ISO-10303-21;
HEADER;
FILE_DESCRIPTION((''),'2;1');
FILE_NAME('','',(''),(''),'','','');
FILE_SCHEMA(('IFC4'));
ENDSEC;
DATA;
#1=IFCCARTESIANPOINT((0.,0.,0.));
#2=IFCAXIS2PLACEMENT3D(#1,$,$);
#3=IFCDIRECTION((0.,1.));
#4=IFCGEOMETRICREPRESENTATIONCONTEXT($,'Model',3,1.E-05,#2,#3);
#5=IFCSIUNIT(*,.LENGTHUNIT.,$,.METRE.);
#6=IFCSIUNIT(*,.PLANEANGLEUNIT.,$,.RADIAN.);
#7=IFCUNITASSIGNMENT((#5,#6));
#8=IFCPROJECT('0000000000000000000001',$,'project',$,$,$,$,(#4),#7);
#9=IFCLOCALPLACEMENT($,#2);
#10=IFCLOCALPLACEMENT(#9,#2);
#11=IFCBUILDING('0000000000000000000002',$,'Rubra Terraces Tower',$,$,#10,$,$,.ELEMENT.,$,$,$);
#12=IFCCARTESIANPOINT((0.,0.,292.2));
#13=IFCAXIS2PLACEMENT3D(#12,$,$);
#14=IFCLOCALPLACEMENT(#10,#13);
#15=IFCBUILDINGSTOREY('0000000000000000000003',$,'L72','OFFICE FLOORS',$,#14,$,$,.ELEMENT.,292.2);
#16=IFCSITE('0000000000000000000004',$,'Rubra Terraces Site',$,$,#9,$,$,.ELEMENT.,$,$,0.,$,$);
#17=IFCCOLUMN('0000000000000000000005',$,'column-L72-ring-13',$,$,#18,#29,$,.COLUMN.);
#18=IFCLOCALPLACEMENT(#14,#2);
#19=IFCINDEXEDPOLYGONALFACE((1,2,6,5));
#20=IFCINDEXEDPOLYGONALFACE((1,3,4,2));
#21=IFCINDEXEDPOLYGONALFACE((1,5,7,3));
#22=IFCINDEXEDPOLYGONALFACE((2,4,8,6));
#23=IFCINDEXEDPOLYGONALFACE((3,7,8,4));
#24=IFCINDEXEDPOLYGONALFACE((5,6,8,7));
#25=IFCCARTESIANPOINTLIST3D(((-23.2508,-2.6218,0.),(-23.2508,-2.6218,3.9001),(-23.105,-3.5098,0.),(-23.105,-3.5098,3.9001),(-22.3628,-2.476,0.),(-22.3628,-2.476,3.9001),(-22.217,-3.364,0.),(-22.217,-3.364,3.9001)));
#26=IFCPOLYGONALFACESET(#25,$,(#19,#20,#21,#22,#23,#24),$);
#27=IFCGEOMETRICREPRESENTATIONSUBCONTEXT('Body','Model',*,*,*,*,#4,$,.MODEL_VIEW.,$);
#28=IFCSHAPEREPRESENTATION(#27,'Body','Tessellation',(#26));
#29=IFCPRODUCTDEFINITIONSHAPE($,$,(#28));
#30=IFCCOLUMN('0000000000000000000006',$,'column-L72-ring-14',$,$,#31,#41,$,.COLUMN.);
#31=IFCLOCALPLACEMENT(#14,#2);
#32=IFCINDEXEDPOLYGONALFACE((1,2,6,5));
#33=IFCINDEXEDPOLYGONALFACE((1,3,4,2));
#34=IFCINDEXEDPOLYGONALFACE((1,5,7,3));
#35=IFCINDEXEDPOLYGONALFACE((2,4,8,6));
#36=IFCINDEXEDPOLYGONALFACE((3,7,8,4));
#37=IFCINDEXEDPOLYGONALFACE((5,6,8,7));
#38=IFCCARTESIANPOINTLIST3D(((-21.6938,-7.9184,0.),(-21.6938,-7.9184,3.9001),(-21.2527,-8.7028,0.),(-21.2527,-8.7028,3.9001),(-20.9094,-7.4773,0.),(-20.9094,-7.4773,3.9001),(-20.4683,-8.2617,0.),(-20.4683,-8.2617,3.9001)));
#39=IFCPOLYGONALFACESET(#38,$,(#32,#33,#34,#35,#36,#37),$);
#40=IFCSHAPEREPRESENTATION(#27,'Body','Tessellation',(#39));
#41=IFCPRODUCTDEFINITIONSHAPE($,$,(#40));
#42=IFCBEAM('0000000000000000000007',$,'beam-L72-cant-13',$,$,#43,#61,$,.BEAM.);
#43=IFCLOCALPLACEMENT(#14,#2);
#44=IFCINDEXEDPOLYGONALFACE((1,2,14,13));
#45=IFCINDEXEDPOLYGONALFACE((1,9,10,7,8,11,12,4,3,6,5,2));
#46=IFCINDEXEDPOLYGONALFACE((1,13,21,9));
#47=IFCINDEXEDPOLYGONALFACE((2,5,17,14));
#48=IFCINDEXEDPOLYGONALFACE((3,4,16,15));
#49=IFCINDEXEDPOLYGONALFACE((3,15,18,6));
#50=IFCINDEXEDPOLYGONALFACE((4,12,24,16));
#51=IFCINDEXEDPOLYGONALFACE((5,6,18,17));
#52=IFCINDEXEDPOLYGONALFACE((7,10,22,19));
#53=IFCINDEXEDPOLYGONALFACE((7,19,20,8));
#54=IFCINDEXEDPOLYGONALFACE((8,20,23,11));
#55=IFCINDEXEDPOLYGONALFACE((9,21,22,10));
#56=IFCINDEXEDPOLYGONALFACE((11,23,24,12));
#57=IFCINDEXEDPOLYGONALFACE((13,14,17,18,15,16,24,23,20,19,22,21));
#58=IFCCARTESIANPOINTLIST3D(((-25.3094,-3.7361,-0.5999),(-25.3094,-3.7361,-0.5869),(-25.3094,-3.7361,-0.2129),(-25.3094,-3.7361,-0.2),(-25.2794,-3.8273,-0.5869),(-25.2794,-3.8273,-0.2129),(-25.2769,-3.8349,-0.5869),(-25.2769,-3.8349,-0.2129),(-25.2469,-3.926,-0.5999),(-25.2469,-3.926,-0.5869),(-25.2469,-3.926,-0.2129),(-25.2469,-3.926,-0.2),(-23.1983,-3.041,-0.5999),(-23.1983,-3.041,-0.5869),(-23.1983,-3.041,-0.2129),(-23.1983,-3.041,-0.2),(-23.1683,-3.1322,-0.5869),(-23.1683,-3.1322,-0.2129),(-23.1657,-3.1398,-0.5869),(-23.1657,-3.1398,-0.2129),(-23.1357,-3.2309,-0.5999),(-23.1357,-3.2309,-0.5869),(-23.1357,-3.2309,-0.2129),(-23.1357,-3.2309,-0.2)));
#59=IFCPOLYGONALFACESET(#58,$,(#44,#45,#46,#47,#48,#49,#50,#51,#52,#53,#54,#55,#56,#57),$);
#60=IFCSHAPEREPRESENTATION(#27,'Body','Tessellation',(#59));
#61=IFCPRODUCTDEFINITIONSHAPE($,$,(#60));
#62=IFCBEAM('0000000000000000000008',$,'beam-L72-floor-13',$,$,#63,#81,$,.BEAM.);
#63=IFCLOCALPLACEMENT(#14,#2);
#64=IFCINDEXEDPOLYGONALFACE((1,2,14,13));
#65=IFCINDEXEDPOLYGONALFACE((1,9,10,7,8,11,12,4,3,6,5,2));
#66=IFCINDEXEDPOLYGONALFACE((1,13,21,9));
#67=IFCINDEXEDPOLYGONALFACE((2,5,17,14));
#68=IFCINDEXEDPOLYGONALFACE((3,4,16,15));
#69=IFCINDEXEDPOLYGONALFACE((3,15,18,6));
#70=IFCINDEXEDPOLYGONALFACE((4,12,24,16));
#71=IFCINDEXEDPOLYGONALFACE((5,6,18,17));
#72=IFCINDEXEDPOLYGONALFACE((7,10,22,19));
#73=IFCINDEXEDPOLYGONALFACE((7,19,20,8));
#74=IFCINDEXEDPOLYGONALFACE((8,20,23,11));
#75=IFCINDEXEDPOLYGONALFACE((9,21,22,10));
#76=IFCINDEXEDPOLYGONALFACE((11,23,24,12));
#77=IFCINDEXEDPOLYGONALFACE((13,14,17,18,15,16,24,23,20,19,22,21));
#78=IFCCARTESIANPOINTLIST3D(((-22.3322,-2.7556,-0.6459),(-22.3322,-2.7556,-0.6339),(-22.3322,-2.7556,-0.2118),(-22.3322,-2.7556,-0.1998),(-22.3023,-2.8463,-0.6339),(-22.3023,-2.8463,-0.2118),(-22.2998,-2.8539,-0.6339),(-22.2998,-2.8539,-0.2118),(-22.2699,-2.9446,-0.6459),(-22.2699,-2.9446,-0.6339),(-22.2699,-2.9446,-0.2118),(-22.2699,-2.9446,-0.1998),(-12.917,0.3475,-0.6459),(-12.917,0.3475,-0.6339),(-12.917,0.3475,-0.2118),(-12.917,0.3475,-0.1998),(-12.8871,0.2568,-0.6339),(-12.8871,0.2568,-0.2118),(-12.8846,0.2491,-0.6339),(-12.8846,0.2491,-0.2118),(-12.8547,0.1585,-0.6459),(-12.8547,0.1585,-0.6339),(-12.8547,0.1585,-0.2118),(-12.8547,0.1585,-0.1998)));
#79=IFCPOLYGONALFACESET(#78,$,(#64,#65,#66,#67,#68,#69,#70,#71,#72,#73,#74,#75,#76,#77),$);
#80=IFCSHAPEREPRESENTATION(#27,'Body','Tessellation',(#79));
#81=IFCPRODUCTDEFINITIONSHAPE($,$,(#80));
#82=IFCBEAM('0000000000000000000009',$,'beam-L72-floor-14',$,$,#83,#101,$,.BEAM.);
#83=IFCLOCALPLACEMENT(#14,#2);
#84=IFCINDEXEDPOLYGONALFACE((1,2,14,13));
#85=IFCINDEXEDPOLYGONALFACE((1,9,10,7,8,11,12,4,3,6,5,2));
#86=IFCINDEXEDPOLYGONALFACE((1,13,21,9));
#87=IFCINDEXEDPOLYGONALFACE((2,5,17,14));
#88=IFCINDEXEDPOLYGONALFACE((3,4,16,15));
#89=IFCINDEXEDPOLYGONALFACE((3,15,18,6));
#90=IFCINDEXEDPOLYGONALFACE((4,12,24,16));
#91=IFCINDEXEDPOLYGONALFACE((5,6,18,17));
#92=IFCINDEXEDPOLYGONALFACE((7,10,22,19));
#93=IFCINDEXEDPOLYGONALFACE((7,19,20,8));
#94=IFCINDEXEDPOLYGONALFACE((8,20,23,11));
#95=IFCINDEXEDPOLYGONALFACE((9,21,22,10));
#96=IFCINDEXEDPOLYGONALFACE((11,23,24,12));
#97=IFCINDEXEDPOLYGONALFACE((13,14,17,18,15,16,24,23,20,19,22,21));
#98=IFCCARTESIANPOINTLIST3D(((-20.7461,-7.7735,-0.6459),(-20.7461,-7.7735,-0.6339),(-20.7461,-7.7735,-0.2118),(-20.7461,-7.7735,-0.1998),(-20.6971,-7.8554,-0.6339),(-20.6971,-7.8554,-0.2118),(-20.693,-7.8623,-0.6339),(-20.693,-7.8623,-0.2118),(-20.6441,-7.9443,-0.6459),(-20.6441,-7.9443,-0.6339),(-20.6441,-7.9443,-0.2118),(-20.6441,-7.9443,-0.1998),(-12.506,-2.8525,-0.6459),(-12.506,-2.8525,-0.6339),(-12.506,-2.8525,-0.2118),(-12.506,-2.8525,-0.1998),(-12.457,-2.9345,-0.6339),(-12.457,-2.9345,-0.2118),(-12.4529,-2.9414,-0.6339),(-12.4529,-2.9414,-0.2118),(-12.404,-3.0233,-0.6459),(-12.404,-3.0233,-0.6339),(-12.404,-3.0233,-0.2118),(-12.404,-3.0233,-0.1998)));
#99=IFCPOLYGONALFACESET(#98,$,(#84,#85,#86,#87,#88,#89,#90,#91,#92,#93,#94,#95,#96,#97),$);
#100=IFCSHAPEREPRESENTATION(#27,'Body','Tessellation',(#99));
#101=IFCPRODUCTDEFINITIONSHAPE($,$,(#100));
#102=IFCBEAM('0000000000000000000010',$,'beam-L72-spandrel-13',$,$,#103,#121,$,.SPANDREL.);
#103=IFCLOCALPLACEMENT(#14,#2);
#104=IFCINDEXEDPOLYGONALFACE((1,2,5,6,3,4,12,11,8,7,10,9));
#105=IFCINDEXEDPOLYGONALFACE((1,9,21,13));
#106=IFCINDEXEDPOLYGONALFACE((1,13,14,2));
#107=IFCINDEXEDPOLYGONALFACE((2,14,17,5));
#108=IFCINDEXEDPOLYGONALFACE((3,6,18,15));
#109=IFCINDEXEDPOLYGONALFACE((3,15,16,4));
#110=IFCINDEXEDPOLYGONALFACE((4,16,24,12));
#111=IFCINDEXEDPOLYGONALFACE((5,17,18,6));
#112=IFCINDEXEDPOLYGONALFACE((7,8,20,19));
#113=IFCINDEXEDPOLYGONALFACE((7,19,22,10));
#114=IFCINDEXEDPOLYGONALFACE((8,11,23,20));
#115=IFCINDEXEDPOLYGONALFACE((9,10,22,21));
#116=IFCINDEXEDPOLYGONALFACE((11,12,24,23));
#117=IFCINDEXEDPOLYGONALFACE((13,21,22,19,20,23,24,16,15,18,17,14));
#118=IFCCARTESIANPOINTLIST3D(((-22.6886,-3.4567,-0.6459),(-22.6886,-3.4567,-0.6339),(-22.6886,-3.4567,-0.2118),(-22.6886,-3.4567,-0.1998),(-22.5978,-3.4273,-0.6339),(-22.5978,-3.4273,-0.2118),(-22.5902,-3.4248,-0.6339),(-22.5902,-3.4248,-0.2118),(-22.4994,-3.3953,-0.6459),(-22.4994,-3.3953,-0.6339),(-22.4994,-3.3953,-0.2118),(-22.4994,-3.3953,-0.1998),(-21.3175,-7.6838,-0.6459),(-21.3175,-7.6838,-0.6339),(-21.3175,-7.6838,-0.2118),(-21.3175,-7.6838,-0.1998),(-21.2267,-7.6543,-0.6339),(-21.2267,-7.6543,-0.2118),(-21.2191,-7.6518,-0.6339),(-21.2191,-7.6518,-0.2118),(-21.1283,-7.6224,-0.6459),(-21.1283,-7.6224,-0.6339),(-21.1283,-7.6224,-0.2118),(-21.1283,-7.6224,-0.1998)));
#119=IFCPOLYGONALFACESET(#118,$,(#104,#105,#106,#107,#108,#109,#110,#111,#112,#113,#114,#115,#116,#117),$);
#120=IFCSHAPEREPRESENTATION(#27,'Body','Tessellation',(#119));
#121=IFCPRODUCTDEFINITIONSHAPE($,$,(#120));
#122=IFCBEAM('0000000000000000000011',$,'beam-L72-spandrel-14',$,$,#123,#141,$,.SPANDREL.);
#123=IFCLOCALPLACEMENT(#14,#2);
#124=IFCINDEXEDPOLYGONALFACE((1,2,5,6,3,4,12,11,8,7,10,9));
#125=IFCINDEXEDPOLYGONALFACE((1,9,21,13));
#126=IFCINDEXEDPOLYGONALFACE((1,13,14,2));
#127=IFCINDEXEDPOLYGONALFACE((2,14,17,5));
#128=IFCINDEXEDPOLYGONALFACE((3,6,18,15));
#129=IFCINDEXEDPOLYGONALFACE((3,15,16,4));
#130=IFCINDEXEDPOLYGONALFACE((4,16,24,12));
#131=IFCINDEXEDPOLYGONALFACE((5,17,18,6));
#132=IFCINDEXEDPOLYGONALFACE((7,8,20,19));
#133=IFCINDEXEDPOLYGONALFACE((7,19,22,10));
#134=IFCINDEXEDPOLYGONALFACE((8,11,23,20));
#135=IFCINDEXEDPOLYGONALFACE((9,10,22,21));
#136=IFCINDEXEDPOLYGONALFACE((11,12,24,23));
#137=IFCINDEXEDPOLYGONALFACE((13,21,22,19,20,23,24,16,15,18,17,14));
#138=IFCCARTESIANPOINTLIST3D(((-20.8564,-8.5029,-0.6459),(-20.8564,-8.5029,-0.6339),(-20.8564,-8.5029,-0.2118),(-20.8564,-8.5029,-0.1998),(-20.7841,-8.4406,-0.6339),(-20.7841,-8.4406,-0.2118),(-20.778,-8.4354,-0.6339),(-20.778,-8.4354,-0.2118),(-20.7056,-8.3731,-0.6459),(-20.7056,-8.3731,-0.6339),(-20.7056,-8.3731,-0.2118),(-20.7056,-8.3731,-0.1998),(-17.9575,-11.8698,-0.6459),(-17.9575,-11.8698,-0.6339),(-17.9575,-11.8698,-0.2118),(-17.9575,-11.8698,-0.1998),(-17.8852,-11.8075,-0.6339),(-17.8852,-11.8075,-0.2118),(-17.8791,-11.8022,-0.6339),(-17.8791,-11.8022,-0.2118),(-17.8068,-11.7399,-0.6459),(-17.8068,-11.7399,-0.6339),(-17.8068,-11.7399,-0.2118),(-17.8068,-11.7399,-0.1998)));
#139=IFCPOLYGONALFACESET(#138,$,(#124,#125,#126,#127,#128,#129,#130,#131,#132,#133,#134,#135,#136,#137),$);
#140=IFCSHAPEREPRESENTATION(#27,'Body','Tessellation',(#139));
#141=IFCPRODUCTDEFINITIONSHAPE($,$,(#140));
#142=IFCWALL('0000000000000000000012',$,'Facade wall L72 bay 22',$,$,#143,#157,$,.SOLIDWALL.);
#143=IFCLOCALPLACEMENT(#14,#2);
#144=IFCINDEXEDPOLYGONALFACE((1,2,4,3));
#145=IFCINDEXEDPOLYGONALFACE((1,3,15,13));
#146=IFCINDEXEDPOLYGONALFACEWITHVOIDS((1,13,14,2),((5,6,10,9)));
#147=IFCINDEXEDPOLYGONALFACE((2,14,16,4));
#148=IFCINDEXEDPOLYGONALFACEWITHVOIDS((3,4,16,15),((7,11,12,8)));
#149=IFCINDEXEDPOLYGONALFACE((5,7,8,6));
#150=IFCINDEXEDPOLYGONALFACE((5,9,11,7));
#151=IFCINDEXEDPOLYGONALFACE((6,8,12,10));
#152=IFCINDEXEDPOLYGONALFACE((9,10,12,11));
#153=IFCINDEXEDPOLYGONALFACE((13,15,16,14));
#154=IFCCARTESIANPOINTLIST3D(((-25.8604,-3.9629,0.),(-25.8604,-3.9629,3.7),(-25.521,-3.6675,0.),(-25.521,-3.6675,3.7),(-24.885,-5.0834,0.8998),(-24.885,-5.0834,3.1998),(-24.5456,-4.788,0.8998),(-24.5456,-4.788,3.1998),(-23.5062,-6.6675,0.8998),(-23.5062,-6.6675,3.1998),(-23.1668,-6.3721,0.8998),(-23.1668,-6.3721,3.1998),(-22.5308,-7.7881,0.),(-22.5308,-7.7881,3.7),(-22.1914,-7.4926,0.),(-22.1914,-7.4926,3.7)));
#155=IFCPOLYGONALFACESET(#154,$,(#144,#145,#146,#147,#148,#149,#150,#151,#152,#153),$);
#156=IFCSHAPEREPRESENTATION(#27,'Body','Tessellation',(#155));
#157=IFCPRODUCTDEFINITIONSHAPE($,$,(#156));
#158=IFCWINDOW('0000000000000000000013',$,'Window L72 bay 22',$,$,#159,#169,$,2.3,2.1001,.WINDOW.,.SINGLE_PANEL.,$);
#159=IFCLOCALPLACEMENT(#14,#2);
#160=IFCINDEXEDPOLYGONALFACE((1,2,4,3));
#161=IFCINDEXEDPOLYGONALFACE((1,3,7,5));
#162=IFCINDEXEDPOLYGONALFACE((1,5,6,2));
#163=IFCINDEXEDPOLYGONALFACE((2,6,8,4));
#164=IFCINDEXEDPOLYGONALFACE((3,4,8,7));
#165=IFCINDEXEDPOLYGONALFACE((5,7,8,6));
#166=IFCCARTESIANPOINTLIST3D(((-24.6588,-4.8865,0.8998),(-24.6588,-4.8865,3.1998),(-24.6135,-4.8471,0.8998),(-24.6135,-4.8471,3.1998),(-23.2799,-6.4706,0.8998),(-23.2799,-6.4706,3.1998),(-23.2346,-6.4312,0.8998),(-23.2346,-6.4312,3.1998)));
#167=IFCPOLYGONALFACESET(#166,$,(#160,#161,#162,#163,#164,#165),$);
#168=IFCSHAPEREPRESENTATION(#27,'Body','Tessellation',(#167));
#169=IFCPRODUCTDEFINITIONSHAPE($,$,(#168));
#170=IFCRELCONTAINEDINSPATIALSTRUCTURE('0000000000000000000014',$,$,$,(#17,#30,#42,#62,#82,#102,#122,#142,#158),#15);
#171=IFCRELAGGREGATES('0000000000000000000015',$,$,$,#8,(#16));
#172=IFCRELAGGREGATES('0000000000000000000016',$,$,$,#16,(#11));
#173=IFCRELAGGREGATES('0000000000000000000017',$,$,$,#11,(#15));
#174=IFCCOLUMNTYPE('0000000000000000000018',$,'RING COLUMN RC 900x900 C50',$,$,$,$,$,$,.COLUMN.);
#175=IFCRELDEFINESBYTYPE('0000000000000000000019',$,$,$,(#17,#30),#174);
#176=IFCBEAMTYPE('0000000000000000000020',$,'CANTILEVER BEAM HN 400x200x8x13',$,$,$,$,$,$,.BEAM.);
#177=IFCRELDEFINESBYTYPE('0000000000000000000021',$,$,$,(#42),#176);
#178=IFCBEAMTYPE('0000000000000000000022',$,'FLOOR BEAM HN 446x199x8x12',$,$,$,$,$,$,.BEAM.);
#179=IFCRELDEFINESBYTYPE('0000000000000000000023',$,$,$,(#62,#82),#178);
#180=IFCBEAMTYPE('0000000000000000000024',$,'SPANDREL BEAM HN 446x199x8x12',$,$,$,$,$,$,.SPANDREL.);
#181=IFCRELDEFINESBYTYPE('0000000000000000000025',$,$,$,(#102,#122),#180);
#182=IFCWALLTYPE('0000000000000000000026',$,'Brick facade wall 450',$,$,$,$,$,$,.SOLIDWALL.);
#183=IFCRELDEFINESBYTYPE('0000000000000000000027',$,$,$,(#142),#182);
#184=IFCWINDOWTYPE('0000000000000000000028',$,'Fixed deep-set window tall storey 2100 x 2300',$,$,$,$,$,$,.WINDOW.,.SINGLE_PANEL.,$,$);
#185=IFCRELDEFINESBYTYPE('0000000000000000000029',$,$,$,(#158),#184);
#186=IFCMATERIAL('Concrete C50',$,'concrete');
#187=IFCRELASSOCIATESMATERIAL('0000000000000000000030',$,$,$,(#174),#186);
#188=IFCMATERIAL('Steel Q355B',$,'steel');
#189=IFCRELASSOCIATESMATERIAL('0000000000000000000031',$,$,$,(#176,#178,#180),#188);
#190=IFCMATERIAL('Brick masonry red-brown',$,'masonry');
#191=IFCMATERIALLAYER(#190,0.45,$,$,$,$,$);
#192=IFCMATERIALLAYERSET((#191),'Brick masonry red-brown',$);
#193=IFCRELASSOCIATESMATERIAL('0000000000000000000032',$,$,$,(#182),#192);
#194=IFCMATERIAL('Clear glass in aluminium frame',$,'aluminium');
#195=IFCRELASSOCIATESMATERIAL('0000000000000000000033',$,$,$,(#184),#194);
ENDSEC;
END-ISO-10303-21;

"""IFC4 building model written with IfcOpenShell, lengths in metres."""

from ifc_helpers import new_model, si_unit, direction, frame, frame_2d, origin, origin_2d, place, context, subcontext, project, spatial, rectangle, i_section, extrude, material, layer, layer_set, material_profile, profile_set, type_object, element, fill, save


model = new_model("IFC4")

# Units and contexts
model_context = context("Model", 3, precision=1e-05, world=origin(), true_north=direction((0.0, 1.0)))
body_context = subcontext(model_context, "Body", "Model", "MODEL_VIEW")
ifc_project = project(units=[si_unit("LENGTHUNIT", "METRE"), si_unit("PLANEANGLEUNIT", "RADIAN")], contexts=[model_context])

# Site, building, storey
site_placement = place(None, origin())
site = spatial("IfcSite", under=ifc_project, at=site_placement, Name="Rubra Terraces Site", CompositionType="ELEMENT", RefElevation=0.0)
building_placement = place(site_placement, origin())
building = spatial("IfcBuilding", under=site, at=building_placement, Name="Rubra Terraces Tower", CompositionType="ELEMENT")
storey_placement = place(building_placement, frame((0.0, 0.0, 292.2)))
storey = spatial("IfcBuildingStorey", under=building, at=storey_placement, Name="L72", Description="OFFICE FLOORS", CompositionType="ELEMENT", Elevation=292.2)

# Columns
ifc_material_1 = material(Name="Concrete C50", Category="concrete")
ifc_material_profile_1 = material_profile(ifc_material_1, rectangle(XDim=0.8999, YDim=0.8999, at=origin_2d()), Name="RC 900x900")
ifc_profile_set_1 = profile_set([ifc_material_profile_1], Name="Concrete C50")
column_type = type_object("IfcColumnType", Name="RING COLUMN RC 900x900 C50", PredefinedType="COLUMN", material=ifc_profile_set_1)
for number, where, z_axis, x_axis, name in (
    (1, (-22.7339, -2.9929, 0.0), (0.0, 0.0, 1.0), (0.162062, -0.986781, 0.0), "column-L72-ring-13"),
    (2, (-21.0811, -8.0901, 0.0), (0.0, 0.0, 1.0), (0.490162, -0.871631, 0.0), "column-L72-ring-14"),
):
    element("IfcColumn", number, at=place(storey_placement, frame(where, z_axis=z_axis, x_axis=x_axis)), inside=storey, type_object=column_type, Name=name, PredefinedType="COLUMN", context=body_context, shape_type="SweptSolid", body=[
        extrude(rectangle(XDim=0.8999, YDim=0.8999, at=origin_2d()), origin(), (0.0, 0.0, 1.0), 3.9001),
    ])

# Beams
ifc_material_2 = material(Name="Steel Q355B", Category="steel")
ifc_material_profile_2 = material_profile(ifc_material_2, i_section(OverallWidth=0.2, OverallDepth=0.3999, WebThickness=0.0081, FlangeThickness=0.0129, at=origin_2d()), Name="HN 400x200x8x13")
ifc_profile_set_2 = profile_set([ifc_material_profile_2], Name="Steel Q355B")
beam_type_1 = type_object("IfcBeamType", Name="CANTILEVER BEAM HN 400x200x8x13", PredefinedType="BEAM", material=ifc_profile_set_2)
beam_1_placement = place(storey_placement, frame((-23.167, -3.136, -0.3999), z_axis=(-0.949841, -0.312733, 0.0), x_axis=(0.312733, -0.949841, 0.0)))
element("IfcBeam", 3, at=beam_1_placement, inside=storey, type_object=beam_type_1, Name="beam-L72-cant-13", PredefinedType="BEAM", context=body_context, shape_type="SweptSolid", body=[
    extrude(i_section(OverallWidth=0.2, OverallDepth=0.3999, WebThickness=0.0081, FlangeThickness=0.0129, at=origin_2d()), origin(), (0.0, 0.0, 1.0), 2.2227),
])
ifc_material_profile_3 = material_profile(ifc_material_2, i_section(OverallWidth=0.199, OverallDepth=0.446, WebThickness=0.0081, FlangeThickness=0.012, at=origin_2d()), Name="HN 446x199x8x12")
ifc_profile_set_3 = profile_set([ifc_material_profile_3], Name="Steel Q355B")
beam_type_2 = type_object("IfcBeamType", Name="FLOOR BEAM HN 446x199x8x12", PredefinedType="BEAM", material=ifc_profile_set_3)
beam_2_placement = place(storey_placement, frame((-22.301, -2.8501, -0.4229), z_axis=(0.949747, 0.313019, 0.0), x_axis=(-0.313019, 0.949747, 0.0)))
element("IfcBeam", 4, at=beam_2_placement, inside=storey, type_object=beam_type_2, Name="beam-L72-floor-13", PredefinedType="BEAM", context=body_context, shape_type="SweptSolid", body=[
    extrude(i_section(OverallWidth=0.199, OverallDepth=0.446, WebThickness=0.0081, FlangeThickness=0.012, at=origin_2d()), origin(), (0.0, 0.0, 1.0), 9.9133),
])
beam_3_placement = place(storey_placement, frame((-20.6951, -7.8589, -0.4229), z_axis=(0.858553, 0.512725, 0.0), x_axis=(-0.512725, 0.858553, 0.0)))
element("IfcBeam", 5, at=beam_3_placement, inside=storey, type_object=beam_type_2, Name="beam-L72-floor-14", PredefinedType="BEAM", context=body_context, shape_type="SweptSolid", body=[
    extrude(i_section(OverallWidth=0.199, OverallDepth=0.446, WebThickness=0.0081, FlangeThickness=0.012, at=origin_2d()), origin(), (0.0, 0.0, 1.0), 9.5977),
])
ifc_material_profile_4 = material_profile(ifc_material_2, i_section(OverallWidth=0.199, OverallDepth=0.446, WebThickness=0.0081, FlangeThickness=0.012, at=origin_2d()), Name="HN 446x199x8x12")
ifc_profile_set_4 = profile_set([ifc_material_profile_4], Name="Steel Q355B")
beam_type_3 = type_object("IfcBeamType", Name="SPANDREL BEAM HN 446x199x8x12", PredefinedType="SPANDREL", material=ifc_profile_set_4)
beam_4_placement = place(storey_placement, frame((-22.594, -3.426, -0.4229), z_axis=(0.308537, -0.951212, 0.0), x_axis=(0.951212, 0.308537, 0.0)))
element("IfcBeam", 6, at=beam_4_placement, inside=storey, type_object=beam_type_3, Name="beam-L72-spandrel-13", PredefinedType="SPANDREL", context=body_context, shape_type="SweptSolid", body=[
    extrude(i_section(OverallWidth=0.199, OverallDepth=0.446, WebThickness=0.0081, FlangeThickness=0.012, at=origin_2d()), origin(), (0.0, 0.0, 1.0), 4.4438),
])
beam_5_placement = place(storey_placement, frame((-20.781, -8.438, -0.4229), z_axis=(0.652473, -0.757812, 0.0), x_axis=(0.757812, 0.652473, 0.0)))
element("IfcBeam", 7, at=beam_5_placement, inside=storey, type_object=beam_type_3, Name="beam-L72-spandrel-14", PredefinedType="SPANDREL", context=body_context, shape_type="SweptSolid", body=[
    extrude(i_section(OverallWidth=0.199, OverallDepth=0.446, WebThickness=0.0081, FlangeThickness=0.012, at=origin_2d()), origin(), (0.0, 0.0, 1.0), 4.4429),
])

# Wall, opening, window
ifc_material_3 = material(Name="Brick masonry red-brown", Category="masonry")
ifc_layer_1 = layer(ifc_material_3, 0.45)
ifc_layer_set_1 = layer_set([ifc_layer_1], Name="Brick masonry red-brown")
wall_type_1 = type_object("IfcWallType", Name="Brick facade wall 450", PredefinedType="SOLIDWALL", material=ifc_layer_set_1)
wall_1_placement = place(storey_placement, frame((-25.6907, -3.8152, 0.0), z_axis=(0.0, 0.0, 1.0), x_axis=(0.656553, -0.75428, 0.0)))
wall_1 = element("IfcWall", 8, at=wall_1_placement, inside=storey, type_object=wall_type_1, Name="Facade wall L72 bay 22", PredefinedType="SOLIDWALL", context=body_context, shape_type="SweptSolid", body=[
    extrude(rectangle(XDim=5.0713, YDim=0.45, at=frame_2d((2.5356, 0.0))), origin(), (0.0, 0.0, 1.0), 3.7),
])
opening_1_placement = place(wall_1_placement, frame((1.4856, 0.0, 0.8999)))
opening_1 = element("IfcOpeningElement", 9, at=opening_1_placement, cuts=wall_1, PredefinedType="OPENING", context=body_context, shape_type="SweptSolid", body=[
    extrude(rectangle(XDim=2.1001, YDim=2.3, at=frame_2d((1.05, 1.1499))), frame((0.0, 0.2349, 0.0), z_axis=(0.0, -1.0, 0.0), x_axis=(1.0, 0.0, 0.0)), (0.0, 0.0, 1.0), 0.47),
])
ifc_material_4 = material(Name="Clear glass in aluminium frame", Category="aluminium")
window_type = type_object("IfcWindowType", Name="Fixed deep-set window tall storey 2100 x 2300", PartitioningType="SINGLE_PANEL", PredefinedType="WINDOW", material=ifc_material_4)
window_1_placement = place(opening_1_placement, origin())
window_1 = element("IfcWindow", 10, at=window_1_placement, inside=storey, type_object=window_type, Name="Window L72 bay 22", OverallHeight=2.3, OverallWidth=2.1001, PartitioningType="SINGLE_PANEL", PredefinedType="WINDOW", context=body_context, shape_type="SweptSolid", body=[
    extrude(rectangle(XDim=2.1001, YDim=2.3, at=frame_2d((1.05, 1.1499))), frame((0.0, 0.135, 0.0), z_axis=(0.0, -1.0, 0.0), x_axis=(1.0, 0.0, 0.0)), (0.0, 0.0, 1.0), 0.0601),
])
fill(opening_1, window_1)

save(model, "model.ifc")
